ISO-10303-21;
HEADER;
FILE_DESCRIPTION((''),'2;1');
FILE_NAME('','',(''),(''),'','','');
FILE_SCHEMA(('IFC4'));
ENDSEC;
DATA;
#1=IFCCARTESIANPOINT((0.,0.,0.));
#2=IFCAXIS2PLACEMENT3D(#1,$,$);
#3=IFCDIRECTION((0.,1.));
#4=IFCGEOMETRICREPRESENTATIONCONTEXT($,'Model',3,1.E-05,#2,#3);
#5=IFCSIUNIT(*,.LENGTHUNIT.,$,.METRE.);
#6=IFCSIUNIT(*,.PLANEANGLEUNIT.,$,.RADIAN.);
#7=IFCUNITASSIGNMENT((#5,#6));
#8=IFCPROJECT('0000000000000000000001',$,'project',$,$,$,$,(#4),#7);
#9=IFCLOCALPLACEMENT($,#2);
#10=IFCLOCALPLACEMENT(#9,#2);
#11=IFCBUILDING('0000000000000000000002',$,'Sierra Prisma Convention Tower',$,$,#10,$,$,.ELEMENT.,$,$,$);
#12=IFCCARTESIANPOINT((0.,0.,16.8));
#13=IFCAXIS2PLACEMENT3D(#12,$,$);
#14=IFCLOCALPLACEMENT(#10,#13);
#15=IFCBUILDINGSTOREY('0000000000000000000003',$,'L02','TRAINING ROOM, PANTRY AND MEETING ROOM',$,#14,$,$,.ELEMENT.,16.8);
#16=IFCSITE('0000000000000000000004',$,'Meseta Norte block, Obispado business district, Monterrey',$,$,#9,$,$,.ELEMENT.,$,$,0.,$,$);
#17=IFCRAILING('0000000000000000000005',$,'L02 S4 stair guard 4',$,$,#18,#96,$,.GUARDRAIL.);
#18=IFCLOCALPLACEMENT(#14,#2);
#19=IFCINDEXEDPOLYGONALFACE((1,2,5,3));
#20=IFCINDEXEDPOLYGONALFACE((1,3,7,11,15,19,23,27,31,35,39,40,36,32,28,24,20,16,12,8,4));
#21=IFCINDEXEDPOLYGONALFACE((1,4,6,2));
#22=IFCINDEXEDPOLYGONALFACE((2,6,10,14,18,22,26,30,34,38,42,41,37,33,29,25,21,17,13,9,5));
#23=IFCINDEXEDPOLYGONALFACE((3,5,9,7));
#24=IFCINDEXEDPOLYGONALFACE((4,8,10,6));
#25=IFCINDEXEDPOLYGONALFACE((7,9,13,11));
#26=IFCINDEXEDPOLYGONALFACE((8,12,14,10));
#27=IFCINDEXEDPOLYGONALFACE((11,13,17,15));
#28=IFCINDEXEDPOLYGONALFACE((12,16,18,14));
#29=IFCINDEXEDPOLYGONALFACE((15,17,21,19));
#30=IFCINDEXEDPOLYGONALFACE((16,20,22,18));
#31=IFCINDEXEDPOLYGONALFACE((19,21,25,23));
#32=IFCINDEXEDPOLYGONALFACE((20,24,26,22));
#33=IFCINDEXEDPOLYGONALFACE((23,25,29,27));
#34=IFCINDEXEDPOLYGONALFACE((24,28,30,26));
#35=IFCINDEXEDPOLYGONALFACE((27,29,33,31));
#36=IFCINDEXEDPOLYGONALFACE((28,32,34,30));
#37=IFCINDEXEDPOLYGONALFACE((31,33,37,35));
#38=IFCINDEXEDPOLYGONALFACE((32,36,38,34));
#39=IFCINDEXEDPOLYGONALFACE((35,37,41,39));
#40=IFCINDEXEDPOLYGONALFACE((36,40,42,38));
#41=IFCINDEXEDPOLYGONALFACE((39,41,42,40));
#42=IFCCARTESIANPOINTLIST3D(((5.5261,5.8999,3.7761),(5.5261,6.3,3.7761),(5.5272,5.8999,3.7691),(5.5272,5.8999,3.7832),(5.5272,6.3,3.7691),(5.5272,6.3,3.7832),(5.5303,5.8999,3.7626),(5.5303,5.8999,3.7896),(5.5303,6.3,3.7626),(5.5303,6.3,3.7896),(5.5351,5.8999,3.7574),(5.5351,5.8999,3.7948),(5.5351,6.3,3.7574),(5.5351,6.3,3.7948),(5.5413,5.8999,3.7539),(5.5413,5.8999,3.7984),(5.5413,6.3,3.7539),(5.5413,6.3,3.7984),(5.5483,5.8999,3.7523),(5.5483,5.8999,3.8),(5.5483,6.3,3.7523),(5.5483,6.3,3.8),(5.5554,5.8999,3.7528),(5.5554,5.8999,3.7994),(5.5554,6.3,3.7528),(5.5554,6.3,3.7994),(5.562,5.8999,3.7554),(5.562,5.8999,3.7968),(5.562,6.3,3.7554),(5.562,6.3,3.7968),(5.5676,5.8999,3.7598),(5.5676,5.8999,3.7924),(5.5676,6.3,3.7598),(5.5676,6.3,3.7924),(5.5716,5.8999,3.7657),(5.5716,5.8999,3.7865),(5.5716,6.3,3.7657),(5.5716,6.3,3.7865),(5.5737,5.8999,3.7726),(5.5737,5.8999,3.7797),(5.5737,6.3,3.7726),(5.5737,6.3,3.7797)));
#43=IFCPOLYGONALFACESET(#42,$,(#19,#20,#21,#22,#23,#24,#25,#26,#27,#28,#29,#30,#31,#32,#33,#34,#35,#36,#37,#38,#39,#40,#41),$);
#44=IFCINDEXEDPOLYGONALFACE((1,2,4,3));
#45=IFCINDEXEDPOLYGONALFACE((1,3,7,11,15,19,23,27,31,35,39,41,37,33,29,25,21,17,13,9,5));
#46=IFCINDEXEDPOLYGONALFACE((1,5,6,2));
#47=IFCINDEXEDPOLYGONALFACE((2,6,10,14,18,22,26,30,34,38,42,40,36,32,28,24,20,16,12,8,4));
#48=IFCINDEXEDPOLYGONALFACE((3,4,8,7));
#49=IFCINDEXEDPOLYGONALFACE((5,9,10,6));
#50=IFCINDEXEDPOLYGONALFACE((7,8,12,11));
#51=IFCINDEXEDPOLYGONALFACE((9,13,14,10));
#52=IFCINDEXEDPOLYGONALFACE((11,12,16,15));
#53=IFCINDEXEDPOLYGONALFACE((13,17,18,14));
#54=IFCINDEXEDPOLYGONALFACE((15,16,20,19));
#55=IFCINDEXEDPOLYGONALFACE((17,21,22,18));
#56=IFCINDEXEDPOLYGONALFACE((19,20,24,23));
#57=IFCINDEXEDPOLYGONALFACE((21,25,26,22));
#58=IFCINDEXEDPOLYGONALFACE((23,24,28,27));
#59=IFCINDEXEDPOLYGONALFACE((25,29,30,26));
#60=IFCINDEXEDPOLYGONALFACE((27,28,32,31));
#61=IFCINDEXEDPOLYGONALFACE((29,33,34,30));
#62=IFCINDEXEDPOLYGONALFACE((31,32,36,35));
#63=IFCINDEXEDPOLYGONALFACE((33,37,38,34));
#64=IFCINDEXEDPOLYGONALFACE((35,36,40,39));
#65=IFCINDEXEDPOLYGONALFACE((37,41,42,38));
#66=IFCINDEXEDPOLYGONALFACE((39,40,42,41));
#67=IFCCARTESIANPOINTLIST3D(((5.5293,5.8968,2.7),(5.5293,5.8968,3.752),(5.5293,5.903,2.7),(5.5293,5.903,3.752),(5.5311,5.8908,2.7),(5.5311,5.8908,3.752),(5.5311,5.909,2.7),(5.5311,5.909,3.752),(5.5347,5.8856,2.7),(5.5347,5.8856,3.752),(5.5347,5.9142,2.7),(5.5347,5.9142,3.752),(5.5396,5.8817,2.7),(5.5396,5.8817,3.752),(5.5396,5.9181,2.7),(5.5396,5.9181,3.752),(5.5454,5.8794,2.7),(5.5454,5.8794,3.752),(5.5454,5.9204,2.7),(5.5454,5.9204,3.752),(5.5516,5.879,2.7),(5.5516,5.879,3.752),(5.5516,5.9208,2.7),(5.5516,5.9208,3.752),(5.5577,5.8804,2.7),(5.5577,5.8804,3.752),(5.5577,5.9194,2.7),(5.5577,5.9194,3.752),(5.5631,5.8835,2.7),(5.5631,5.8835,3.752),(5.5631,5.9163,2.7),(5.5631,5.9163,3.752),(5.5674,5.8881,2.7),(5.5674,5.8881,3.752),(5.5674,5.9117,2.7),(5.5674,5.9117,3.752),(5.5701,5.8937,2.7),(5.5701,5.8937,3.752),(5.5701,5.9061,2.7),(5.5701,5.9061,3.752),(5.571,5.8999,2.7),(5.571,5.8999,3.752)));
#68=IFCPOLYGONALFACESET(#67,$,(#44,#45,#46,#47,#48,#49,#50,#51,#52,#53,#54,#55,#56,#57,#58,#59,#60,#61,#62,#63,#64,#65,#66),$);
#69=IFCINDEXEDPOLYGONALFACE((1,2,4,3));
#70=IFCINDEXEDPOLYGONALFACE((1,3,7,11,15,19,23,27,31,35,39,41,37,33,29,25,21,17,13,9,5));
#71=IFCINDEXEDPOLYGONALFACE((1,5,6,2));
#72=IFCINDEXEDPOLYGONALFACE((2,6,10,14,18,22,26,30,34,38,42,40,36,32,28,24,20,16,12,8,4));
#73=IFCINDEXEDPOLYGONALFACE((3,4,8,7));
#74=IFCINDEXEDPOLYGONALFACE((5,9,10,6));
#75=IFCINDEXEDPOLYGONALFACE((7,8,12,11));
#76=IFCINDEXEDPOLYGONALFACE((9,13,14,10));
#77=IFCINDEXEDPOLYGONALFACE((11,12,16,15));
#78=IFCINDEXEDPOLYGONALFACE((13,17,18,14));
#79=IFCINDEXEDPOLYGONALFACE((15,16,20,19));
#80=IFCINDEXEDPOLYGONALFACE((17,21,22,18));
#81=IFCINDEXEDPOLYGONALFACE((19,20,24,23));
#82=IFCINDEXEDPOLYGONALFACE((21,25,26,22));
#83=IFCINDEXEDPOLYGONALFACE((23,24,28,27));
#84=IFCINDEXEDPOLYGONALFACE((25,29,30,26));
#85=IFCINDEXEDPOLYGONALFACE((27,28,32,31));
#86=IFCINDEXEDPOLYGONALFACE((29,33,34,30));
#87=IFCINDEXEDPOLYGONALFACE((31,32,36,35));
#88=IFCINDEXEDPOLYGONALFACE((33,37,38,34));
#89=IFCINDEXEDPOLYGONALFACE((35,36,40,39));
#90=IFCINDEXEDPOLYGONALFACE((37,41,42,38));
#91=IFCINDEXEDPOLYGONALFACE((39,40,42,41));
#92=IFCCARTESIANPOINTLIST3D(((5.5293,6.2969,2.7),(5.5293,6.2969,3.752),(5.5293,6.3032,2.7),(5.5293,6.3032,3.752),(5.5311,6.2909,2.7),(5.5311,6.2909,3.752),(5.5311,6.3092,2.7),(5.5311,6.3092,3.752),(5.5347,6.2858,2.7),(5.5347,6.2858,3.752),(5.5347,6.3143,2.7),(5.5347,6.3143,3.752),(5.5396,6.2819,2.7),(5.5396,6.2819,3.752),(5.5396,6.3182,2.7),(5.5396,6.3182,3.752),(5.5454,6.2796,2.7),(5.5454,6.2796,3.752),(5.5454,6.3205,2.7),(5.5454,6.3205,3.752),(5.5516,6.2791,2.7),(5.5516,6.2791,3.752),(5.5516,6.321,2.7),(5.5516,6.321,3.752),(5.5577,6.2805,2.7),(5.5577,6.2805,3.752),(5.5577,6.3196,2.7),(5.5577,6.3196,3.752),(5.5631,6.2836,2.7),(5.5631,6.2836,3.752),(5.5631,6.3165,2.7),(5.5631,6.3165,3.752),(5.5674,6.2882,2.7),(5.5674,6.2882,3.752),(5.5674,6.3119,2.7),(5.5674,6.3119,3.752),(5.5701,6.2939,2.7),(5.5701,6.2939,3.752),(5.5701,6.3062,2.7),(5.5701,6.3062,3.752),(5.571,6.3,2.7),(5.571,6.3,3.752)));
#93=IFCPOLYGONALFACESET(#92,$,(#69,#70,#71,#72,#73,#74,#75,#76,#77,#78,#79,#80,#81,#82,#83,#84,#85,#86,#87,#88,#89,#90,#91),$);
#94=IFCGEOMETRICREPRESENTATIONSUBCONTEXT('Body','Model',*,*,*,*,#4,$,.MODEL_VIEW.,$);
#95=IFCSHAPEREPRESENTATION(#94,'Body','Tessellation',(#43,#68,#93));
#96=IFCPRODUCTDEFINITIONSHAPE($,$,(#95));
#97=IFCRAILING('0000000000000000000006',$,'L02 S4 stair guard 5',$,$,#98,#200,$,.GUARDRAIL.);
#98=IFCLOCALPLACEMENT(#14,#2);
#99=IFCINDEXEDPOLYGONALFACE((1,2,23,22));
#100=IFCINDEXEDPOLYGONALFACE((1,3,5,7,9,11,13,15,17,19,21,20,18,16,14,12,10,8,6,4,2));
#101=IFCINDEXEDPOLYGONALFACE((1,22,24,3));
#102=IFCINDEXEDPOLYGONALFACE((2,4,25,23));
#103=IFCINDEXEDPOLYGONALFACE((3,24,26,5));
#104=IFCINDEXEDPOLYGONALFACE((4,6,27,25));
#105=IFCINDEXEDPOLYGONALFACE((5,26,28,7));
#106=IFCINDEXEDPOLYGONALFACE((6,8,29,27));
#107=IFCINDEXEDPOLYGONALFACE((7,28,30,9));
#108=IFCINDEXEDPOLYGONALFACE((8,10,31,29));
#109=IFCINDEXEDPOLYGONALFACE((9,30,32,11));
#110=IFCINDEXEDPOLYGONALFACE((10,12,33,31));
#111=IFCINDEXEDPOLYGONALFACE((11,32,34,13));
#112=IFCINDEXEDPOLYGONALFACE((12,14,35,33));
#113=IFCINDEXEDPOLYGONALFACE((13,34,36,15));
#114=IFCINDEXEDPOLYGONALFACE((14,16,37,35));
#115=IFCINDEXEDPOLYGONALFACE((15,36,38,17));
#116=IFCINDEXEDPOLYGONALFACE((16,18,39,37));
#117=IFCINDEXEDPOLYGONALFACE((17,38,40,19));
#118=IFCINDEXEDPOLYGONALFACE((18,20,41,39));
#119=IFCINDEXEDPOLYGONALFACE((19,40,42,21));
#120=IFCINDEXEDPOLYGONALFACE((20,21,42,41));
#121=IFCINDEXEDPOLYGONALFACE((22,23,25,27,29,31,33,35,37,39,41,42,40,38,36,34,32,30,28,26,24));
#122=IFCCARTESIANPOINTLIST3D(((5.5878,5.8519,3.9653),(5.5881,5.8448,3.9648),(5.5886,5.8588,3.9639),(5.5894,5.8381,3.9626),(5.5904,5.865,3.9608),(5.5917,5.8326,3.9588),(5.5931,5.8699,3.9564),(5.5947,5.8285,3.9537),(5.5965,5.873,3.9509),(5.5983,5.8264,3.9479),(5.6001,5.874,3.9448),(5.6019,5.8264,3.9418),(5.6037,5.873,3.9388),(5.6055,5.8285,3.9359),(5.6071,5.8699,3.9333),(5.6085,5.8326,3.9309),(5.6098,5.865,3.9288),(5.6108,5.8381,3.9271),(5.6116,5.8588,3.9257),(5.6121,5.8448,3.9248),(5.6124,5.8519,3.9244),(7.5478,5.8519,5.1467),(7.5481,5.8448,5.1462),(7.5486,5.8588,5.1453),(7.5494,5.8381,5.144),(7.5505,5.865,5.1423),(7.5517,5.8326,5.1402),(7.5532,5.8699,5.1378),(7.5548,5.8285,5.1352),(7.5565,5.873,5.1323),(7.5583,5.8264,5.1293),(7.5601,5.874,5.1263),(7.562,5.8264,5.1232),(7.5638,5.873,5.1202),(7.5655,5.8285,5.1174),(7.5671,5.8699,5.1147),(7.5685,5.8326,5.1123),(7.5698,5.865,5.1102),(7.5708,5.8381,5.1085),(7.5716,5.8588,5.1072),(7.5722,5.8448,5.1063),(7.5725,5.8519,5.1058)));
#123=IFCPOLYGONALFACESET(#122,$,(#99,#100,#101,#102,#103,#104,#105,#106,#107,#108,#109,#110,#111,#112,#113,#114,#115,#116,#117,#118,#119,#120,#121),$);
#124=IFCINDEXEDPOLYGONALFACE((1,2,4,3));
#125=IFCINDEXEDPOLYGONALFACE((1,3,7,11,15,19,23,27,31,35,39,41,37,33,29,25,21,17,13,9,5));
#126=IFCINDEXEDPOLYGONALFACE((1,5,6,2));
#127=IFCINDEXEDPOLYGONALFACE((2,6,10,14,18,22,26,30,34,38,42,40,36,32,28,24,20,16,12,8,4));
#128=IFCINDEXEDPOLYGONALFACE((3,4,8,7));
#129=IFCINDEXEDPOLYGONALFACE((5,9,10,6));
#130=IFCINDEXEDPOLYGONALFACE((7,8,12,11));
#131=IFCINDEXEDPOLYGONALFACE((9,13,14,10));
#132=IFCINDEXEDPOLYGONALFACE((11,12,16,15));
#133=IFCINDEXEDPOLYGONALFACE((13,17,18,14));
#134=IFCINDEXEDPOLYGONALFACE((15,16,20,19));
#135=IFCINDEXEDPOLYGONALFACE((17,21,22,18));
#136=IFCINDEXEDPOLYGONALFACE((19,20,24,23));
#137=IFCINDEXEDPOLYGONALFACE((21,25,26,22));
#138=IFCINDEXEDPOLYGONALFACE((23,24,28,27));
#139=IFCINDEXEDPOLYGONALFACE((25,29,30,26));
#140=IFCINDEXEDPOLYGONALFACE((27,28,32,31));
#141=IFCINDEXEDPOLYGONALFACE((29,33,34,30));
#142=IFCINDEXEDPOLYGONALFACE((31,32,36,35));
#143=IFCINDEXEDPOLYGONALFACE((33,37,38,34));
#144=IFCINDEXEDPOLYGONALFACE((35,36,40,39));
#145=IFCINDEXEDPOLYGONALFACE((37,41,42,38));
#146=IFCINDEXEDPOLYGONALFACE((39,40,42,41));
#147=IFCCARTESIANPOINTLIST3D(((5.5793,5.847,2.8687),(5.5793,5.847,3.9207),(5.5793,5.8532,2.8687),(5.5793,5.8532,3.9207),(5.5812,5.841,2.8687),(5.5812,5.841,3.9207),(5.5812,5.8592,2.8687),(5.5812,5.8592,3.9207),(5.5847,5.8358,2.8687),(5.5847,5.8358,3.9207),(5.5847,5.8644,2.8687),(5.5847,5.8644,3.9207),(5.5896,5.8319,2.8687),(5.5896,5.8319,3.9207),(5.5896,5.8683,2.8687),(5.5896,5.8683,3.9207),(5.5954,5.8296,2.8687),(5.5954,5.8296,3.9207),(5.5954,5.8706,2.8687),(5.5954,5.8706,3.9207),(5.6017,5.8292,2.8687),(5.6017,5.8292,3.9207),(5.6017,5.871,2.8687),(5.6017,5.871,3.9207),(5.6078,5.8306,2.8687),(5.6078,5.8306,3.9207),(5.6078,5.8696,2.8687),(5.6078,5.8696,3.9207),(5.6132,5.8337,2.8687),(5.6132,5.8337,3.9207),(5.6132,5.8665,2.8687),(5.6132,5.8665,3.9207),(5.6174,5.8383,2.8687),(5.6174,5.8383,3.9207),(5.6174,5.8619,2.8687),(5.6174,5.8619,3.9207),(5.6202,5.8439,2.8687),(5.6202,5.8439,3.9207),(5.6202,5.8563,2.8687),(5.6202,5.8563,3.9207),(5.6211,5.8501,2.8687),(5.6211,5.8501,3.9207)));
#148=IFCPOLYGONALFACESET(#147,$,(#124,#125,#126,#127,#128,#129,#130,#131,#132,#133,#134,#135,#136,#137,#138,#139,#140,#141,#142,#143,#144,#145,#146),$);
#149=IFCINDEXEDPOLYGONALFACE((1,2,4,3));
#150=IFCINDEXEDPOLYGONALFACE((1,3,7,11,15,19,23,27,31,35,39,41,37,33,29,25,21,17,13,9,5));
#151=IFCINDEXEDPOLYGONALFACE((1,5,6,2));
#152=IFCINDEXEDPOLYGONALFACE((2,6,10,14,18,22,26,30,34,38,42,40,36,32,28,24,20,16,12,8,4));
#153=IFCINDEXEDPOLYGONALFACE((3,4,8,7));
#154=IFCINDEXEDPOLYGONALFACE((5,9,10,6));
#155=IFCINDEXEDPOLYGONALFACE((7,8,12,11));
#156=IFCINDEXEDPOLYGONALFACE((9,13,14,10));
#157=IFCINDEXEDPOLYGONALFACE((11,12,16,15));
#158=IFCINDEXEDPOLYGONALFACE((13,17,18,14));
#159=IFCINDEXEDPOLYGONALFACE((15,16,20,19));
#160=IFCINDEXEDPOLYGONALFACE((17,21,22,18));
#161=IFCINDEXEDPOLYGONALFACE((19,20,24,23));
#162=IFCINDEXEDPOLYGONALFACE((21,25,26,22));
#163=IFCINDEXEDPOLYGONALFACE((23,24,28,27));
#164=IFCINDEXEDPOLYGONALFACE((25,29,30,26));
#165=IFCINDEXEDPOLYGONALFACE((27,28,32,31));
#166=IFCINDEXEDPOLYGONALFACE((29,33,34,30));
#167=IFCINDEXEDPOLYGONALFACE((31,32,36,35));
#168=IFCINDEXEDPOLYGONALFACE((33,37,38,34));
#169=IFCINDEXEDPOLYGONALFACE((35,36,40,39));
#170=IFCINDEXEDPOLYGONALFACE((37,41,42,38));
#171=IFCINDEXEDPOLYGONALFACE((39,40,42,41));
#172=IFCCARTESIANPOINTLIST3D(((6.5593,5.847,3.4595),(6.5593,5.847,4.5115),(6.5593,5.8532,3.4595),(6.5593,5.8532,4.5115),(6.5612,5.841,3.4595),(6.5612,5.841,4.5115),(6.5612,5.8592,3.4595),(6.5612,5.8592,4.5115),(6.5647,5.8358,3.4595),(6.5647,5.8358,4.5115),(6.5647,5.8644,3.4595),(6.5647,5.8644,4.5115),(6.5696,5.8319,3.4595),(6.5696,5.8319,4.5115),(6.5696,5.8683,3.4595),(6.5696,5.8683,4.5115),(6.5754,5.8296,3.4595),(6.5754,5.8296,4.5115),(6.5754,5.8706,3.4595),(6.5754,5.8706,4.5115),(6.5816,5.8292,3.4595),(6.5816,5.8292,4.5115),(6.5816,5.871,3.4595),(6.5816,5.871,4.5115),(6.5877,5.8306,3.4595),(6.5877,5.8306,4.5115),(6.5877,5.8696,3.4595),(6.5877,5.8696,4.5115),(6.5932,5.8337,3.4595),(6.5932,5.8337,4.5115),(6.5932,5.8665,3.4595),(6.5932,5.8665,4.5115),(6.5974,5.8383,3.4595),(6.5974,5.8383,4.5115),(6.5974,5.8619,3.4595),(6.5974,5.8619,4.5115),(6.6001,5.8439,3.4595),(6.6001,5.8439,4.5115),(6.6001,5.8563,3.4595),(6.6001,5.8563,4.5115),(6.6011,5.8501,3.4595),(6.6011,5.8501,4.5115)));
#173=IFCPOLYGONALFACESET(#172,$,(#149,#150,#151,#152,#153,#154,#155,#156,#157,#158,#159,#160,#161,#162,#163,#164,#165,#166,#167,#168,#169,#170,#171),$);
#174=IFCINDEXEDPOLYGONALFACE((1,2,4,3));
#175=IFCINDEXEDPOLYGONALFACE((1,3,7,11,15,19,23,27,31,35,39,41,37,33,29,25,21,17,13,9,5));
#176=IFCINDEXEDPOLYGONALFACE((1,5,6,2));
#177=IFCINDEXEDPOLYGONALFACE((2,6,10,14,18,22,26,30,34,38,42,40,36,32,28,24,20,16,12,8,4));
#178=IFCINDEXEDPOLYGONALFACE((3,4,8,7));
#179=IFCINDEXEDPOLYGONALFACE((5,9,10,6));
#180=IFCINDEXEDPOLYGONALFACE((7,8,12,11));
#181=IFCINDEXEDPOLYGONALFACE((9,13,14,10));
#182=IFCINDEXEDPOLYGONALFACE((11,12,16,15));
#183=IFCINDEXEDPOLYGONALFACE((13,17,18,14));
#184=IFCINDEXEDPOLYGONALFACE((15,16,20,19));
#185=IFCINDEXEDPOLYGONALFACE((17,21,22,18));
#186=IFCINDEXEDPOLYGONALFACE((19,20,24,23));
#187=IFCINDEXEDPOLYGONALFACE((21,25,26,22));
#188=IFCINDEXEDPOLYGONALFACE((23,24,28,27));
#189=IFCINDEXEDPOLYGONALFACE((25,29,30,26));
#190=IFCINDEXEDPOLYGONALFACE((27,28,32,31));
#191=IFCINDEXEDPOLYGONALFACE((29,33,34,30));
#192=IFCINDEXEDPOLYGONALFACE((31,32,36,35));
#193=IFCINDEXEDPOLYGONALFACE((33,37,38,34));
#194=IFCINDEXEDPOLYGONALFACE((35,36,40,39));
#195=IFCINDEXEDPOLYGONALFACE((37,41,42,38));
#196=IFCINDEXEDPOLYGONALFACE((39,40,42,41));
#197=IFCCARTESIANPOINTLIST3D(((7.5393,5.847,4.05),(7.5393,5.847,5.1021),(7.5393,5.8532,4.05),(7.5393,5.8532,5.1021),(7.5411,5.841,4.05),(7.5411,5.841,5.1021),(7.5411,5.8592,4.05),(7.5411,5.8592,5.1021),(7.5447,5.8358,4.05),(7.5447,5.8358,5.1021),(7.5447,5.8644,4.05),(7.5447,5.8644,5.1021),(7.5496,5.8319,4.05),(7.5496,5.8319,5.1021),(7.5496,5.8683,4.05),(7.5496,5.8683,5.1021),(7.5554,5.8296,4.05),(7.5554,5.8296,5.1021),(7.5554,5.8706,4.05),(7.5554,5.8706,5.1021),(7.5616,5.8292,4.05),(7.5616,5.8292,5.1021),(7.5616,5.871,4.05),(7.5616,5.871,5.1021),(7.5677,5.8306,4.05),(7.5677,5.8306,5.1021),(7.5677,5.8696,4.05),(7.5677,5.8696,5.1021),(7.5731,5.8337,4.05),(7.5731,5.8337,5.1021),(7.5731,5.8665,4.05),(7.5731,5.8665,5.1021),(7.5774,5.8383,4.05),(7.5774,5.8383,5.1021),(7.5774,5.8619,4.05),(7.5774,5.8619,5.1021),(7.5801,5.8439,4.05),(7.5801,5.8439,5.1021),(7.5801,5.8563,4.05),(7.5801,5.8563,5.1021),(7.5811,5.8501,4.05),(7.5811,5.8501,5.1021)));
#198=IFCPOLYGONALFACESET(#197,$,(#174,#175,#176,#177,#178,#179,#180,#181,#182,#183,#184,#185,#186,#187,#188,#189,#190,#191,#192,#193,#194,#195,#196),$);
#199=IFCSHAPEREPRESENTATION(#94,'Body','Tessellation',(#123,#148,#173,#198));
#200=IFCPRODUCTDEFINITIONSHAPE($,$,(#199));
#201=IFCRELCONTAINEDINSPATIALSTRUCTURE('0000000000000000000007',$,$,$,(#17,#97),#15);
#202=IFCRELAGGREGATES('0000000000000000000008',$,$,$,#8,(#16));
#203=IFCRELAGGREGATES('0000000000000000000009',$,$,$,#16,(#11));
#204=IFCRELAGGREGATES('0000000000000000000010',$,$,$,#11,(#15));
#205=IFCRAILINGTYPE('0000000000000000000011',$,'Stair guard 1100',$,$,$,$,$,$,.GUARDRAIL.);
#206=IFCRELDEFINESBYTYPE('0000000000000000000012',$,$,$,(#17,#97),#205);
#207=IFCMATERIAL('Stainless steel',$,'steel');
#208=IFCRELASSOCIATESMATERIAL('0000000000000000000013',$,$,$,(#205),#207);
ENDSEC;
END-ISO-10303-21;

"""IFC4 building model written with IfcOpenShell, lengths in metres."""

from ifc_helpers import new_model, si_unit, direction, frame, origin, origin_2d, place, context, subcontext, project, spatial, circle, extrude, material, type_object, element, save


model = new_model("IFC4")

# Units and contexts
model_context = context("Model", 3, precision=1e-05, world=origin(), true_north=direction((0.0, 1.0)))
body_context = subcontext(model_context, "Body", "Model", "MODEL_VIEW")
ifc_project = project(units=[si_unit("LENGTHUNIT", "METRE"), si_unit("PLANEANGLEUNIT", "RADIAN")], contexts=[model_context])

# Site, building, storey
site_placement = place(None, origin())
site = spatial("IfcSite", under=ifc_project, at=site_placement, Name="Meseta Norte block, Obispado business district, Monterrey", CompositionType="ELEMENT", RefElevation=0.0)
building_placement = place(site_placement, origin())
building = spatial("IfcBuilding", under=site, at=building_placement, Name="Sierra Prisma Convention Tower", CompositionType="ELEMENT")
storey_placement = place(building_placement, frame((0.0, 0.0, 16.8)))
storey = spatial("IfcBuildingStorey", under=building, at=storey_placement, Name="L02", Description="TRAINING ROOM, PANTRY AND MEETING ROOM", CompositionType="ELEMENT", Elevation=16.8)

# Railings
ifc_material_1 = material(Name="Stainless steel", Category="steel")
railing_type_1 = type_object("IfcRailingType", Name="Stair guard 1100", PredefinedType="GUARDRAIL", material=ifc_material_1)
for number, where, name in (
    (1, (5.55, 5.8999, 2.7), "L02 S4 stair guard 4"),
):
    element("IfcRailing", number, at=place(storey_placement, frame(where)), inside=storey, type_object=railing_type_1, Name=name, PredefinedType="GUARDRAIL", context=body_context, shape_type="SweptSolid", body=[
        extrude(circle(Radius=0.0239, at=origin_2d()), frame((0.0, 0.0, 1.0762), z_axis=(0.0, 1.0, 0.0), x_axis=(-1.0, 0.0, 0.0)), (0.0, 0.0, 1.0), 0.4001),
        extrude(circle(Radius=0.021, at=origin_2d()), origin(), (0.0, 0.0, 1.0), 1.052),
        extrude(circle(Radius=0.021, at=origin_2d()), frame((0.0, 0.4001, 0.0)), (0.0, 0.0, 1.0), 1.052),
    ])
railing_1_placement = place(storey_placement, frame((5.6001, 5.8501, 2.8687)))
element("IfcRailing", 2, at=railing_1_placement, inside=storey, type_object=railing_type_1, Name="L02 S4 stair guard 5", PredefinedType="GUARDRAIL", context=body_context, shape_type="SweptSolid", body=[
    extrude(circle(Radius=0.0239, at=origin_2d()), frame((0.0, 0.0, 1.0762), z_axis=(0.856446, 0.0, 0.516236), x_axis=(0.0, 1.0, 0.0)), (0.0, 0.0, 1.0), 2.2886),
    extrude(circle(Radius=0.021, at=origin_2d()), origin(), (0.0, 0.0, 1.0), 1.052),
    extrude(circle(Radius=0.021, at=origin_2d()), frame((0.98, 0.0, 0.5908)), (0.0, 0.0, 1.0), 1.052),
    extrude(circle(Radius=0.021, at=origin_2d()), frame((1.96, 0.0, 1.1814)), (0.0, 0.0, 1.0), 1.052),
])

save(model, "model.ifc")
